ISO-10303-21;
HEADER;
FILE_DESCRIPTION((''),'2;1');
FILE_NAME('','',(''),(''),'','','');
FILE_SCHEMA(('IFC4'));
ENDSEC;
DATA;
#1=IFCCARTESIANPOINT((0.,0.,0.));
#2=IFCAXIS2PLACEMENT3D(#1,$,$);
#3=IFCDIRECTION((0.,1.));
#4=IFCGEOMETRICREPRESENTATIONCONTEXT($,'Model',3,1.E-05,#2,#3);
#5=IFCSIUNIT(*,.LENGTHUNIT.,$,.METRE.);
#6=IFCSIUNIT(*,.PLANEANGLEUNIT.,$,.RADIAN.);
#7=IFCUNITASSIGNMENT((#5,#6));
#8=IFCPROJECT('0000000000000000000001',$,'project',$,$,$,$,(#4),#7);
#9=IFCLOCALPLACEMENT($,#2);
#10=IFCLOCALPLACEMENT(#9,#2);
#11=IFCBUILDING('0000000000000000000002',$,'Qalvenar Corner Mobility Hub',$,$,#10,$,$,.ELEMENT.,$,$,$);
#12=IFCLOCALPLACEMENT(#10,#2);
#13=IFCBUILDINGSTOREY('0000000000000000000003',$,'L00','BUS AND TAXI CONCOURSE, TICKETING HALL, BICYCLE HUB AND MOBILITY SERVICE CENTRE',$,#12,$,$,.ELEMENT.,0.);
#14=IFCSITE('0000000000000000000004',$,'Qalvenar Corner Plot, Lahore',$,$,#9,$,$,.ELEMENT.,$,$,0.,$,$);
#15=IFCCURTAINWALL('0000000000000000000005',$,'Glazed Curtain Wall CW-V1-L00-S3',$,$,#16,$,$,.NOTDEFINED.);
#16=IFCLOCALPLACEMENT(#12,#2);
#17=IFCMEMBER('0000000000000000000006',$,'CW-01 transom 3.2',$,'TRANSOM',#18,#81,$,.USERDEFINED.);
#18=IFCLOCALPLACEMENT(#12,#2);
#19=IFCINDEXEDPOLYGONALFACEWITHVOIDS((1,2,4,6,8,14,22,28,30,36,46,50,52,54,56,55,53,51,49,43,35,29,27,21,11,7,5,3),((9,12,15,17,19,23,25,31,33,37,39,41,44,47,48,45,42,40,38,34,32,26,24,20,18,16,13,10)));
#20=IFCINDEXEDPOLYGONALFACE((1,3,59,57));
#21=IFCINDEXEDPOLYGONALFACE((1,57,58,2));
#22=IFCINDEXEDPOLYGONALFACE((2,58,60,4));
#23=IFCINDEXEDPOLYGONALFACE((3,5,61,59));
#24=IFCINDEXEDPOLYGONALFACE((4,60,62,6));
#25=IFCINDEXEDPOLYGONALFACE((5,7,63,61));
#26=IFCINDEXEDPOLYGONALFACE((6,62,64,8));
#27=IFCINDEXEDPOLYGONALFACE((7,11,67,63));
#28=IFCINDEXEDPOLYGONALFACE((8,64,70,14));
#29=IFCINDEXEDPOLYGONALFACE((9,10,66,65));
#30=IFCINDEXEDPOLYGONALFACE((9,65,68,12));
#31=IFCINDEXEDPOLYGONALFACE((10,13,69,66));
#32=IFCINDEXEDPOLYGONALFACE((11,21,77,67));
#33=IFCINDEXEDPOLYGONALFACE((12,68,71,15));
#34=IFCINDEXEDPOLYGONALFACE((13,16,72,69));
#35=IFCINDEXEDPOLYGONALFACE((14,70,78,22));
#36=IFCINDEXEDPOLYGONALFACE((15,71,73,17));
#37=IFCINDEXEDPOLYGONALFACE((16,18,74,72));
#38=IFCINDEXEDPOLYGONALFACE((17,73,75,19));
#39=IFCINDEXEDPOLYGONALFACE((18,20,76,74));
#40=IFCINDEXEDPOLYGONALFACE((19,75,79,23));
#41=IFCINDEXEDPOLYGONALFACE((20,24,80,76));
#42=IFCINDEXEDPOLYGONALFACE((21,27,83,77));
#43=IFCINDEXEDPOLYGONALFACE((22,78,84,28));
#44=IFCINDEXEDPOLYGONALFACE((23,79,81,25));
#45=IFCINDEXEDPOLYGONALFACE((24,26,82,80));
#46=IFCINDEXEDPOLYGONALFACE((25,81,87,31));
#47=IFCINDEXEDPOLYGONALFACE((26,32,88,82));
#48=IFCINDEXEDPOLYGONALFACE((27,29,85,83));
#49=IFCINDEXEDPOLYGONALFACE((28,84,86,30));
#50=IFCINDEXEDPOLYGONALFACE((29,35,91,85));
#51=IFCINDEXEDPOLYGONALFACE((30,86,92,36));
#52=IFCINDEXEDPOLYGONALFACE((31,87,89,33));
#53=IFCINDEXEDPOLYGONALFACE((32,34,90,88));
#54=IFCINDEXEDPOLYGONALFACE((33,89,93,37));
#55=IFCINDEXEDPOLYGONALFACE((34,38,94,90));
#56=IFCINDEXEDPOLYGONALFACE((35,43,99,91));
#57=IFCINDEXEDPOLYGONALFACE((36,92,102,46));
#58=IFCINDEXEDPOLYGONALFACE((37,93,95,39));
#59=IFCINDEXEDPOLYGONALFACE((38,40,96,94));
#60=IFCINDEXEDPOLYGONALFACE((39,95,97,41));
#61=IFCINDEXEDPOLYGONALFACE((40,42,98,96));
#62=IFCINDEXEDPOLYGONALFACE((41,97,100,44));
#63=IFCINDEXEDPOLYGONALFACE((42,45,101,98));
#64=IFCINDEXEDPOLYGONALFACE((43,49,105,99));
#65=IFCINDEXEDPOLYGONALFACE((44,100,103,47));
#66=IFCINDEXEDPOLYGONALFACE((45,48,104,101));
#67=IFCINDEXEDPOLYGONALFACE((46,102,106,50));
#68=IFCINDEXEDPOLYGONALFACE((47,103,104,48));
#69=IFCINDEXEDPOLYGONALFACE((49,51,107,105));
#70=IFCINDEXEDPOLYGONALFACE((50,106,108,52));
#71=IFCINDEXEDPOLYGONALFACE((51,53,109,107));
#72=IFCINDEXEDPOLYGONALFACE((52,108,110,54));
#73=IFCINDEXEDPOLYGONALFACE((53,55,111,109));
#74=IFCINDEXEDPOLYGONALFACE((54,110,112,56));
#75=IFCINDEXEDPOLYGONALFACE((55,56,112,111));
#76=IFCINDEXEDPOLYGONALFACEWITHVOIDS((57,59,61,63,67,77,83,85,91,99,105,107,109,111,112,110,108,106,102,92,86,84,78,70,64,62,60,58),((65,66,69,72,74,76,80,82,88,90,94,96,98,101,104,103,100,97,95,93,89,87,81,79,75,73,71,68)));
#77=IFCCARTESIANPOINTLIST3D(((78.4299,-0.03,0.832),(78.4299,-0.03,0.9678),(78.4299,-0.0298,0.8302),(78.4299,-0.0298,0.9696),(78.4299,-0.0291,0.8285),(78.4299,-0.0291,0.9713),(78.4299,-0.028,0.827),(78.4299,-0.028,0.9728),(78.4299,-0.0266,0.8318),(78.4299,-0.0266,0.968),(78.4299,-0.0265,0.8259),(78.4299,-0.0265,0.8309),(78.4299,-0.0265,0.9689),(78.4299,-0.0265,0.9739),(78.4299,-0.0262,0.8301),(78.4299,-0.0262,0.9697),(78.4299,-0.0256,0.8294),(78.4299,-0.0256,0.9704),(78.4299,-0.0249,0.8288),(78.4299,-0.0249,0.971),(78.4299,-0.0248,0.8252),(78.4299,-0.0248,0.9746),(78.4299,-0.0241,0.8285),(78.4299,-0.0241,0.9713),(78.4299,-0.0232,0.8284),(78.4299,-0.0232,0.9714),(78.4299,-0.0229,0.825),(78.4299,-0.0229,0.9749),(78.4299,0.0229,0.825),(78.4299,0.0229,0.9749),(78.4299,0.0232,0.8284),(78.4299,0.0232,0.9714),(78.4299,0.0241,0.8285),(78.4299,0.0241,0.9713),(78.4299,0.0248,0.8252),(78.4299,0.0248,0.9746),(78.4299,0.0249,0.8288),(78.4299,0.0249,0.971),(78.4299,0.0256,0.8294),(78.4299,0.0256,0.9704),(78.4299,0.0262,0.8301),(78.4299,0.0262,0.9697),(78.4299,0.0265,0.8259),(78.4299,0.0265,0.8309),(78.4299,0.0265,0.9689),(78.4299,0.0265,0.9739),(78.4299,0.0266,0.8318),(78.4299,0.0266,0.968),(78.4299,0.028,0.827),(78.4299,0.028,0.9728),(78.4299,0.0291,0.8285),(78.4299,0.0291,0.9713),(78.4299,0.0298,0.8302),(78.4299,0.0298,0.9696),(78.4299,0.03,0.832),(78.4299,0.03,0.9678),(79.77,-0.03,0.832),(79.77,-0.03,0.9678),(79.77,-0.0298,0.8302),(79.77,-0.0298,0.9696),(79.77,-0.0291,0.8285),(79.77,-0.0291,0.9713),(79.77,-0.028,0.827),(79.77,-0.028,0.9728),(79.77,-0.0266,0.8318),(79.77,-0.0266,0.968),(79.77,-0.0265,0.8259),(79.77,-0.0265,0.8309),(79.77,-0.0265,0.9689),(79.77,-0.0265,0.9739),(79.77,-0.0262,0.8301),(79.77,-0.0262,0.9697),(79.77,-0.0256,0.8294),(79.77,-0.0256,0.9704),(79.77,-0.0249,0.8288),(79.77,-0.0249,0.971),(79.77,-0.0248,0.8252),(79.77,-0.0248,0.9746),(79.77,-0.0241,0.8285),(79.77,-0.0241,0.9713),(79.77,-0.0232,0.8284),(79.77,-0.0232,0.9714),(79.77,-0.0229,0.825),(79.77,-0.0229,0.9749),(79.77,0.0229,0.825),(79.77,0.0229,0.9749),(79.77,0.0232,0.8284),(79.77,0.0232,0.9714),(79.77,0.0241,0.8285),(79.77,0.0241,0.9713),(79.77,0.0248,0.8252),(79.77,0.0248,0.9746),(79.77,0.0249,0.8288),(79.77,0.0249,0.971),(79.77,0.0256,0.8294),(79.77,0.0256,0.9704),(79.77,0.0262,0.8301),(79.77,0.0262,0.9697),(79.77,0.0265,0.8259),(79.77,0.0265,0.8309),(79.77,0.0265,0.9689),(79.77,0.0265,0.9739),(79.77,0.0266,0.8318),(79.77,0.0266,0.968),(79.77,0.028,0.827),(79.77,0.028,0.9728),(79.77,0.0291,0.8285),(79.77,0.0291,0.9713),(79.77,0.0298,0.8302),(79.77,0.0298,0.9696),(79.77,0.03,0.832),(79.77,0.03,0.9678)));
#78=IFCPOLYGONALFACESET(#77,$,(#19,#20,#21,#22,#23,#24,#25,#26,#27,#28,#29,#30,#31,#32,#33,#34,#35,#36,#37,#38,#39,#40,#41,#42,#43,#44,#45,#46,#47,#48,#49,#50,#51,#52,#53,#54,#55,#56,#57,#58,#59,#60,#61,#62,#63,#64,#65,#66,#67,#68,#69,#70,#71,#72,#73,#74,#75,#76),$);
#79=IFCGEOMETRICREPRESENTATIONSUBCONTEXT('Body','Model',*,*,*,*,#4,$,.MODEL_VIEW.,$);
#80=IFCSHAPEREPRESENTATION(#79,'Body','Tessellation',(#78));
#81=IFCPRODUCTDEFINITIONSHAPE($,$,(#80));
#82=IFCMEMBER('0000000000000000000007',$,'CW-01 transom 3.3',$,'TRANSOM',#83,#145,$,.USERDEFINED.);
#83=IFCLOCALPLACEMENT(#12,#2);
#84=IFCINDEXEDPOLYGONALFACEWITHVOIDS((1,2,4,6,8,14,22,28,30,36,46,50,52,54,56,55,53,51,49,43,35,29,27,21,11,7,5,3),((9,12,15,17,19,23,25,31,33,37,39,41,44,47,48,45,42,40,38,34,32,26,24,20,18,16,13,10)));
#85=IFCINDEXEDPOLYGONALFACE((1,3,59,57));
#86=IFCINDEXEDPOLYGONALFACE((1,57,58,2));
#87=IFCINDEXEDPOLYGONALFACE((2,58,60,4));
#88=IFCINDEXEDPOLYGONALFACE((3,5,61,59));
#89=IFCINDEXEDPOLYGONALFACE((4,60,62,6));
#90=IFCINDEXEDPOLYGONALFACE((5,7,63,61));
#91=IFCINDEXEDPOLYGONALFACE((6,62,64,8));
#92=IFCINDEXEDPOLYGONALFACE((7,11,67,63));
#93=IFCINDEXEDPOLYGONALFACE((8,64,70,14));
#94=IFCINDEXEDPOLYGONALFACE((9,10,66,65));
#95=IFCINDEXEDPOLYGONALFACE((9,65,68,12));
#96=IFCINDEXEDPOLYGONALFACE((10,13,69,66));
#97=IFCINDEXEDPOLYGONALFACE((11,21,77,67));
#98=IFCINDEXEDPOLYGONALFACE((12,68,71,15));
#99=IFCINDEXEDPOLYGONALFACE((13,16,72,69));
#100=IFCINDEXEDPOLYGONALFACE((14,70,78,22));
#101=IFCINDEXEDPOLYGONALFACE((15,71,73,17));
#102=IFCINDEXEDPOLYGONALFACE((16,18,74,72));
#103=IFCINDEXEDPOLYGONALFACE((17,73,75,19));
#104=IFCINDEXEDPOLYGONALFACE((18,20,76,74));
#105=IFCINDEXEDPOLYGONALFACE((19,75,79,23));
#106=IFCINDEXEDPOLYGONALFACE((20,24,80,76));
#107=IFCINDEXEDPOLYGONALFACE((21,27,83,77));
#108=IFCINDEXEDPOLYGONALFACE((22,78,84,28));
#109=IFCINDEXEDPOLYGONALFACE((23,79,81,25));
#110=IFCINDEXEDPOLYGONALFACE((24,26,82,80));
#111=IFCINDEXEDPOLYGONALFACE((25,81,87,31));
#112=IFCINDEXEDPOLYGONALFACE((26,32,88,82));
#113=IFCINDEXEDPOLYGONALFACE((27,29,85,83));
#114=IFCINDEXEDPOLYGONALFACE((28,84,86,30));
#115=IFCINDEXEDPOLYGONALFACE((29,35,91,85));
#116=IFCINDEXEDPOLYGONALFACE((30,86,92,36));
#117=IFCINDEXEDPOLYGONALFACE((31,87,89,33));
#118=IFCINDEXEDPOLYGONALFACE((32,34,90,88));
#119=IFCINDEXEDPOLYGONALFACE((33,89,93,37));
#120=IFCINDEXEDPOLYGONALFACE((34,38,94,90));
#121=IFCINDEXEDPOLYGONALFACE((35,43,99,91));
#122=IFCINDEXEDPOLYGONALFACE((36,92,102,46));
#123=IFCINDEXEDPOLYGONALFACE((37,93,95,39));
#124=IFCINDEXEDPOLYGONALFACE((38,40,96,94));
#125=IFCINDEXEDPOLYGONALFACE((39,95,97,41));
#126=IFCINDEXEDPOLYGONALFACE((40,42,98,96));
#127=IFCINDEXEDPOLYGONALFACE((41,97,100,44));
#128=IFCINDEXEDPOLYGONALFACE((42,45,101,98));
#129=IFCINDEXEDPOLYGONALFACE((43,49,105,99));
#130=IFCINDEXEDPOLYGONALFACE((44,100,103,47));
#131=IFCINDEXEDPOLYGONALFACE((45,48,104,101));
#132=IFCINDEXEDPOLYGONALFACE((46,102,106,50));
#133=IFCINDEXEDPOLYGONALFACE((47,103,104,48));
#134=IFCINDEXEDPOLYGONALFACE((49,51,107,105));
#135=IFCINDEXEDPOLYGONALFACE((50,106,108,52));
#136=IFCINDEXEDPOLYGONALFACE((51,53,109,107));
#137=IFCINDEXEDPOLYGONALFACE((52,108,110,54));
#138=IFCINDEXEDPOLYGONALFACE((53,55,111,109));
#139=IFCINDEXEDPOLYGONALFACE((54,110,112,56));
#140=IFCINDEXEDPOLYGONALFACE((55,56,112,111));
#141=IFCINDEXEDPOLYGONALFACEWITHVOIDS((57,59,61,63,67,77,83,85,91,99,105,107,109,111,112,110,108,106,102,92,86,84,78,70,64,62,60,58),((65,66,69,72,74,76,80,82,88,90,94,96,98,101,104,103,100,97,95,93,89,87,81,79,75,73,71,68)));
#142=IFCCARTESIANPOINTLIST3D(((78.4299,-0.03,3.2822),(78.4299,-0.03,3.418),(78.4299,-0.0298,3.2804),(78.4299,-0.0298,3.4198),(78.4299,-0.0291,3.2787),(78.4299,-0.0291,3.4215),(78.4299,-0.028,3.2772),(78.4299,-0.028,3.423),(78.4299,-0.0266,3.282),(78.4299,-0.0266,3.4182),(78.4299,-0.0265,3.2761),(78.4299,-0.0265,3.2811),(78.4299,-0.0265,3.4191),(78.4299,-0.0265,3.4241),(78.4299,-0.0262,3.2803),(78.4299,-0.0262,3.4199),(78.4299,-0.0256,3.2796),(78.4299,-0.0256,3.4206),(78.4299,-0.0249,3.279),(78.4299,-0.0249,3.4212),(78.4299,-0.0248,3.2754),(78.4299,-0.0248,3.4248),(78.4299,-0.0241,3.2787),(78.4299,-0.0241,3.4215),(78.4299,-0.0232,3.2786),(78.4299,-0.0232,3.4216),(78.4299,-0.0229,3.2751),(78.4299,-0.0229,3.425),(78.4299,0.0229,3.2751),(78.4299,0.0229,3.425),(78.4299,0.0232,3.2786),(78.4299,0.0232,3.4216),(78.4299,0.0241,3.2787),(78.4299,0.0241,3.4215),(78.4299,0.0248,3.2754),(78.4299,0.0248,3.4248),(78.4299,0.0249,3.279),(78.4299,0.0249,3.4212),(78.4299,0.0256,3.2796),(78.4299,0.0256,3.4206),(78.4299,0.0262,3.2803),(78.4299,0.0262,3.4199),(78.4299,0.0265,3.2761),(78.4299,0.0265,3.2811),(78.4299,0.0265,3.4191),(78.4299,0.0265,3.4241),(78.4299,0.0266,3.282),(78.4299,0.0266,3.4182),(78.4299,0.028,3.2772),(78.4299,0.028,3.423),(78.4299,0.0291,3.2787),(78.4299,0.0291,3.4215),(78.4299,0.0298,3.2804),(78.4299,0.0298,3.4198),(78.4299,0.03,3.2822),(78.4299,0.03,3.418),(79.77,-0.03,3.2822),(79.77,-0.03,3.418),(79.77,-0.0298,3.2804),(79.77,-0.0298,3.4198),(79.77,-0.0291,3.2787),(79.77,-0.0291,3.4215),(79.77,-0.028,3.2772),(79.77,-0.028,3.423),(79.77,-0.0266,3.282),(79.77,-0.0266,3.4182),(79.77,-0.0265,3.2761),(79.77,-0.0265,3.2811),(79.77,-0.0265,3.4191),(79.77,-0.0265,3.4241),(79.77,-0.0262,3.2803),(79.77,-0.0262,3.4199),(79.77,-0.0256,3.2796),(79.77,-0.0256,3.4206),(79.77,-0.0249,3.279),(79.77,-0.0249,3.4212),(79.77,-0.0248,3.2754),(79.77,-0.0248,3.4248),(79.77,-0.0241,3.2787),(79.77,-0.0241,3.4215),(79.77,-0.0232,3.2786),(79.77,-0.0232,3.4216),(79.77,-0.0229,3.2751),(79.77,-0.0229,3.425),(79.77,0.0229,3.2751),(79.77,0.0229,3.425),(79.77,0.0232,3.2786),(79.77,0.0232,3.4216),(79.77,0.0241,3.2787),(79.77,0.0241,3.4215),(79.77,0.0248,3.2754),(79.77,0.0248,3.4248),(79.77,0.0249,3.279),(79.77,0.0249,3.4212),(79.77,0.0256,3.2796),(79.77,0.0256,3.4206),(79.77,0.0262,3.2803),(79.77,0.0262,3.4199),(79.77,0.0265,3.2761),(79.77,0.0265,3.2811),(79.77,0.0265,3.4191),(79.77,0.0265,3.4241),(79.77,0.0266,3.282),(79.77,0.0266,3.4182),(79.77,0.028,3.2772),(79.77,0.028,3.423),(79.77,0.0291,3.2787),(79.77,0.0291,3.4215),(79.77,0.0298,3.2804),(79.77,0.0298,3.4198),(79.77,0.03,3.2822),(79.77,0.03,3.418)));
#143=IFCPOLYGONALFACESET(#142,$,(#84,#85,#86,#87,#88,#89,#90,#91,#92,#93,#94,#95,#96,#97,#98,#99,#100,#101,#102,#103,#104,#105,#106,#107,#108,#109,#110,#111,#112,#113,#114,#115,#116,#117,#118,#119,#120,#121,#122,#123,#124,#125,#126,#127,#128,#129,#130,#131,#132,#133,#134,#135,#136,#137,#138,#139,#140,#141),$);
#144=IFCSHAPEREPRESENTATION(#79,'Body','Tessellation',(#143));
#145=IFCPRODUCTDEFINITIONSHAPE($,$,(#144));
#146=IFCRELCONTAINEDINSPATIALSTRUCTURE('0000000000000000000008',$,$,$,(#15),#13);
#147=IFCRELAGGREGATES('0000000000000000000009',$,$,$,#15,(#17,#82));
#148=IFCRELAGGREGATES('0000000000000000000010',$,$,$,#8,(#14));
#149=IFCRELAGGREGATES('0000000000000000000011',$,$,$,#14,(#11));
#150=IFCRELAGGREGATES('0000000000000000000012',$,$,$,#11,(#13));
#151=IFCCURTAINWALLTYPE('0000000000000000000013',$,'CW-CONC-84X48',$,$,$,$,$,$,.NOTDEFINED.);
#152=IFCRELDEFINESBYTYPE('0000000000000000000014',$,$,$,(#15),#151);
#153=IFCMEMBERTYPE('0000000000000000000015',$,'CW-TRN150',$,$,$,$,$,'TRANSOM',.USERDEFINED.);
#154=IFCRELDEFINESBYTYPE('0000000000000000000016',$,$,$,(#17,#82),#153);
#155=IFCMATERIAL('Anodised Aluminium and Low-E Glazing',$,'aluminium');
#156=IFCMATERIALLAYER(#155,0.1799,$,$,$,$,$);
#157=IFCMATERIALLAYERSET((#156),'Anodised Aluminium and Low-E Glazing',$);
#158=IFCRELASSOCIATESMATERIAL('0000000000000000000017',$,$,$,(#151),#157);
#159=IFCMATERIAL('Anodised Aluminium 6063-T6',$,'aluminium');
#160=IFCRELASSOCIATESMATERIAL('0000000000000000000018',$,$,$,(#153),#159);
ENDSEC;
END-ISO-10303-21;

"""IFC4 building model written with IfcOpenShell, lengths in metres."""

from ifc_helpers import new_model, si_unit, direction, frame, origin, origin_2d, place, context, subcontext, project, spatial, hollow_rectangle, extrude, material, layer, layer_set, material_profile, profile_set, type_object, element, aggregate, save


model = new_model("IFC4")

# Units and contexts
model_context = context("Model", 3, precision=1e-05, world=origin(), true_north=direction((0.0, 1.0)))
body_context = subcontext(model_context, "Body", "Model", "MODEL_VIEW")
ifc_project = project(units=[si_unit("LENGTHUNIT", "METRE"), si_unit("PLANEANGLEUNIT", "RADIAN")], contexts=[model_context])

# Site, building, storey
site_placement = place(None, origin())
site = spatial("IfcSite", under=ifc_project, at=site_placement, Name="Qalvenar Corner Plot, Lahore", CompositionType="ELEMENT", RefElevation=0.0)
building_placement = place(site_placement, origin())
building = spatial("IfcBuilding", under=site, at=building_placement, Name="Qalvenar Corner Mobility Hub", CompositionType="ELEMENT")
storey_placement = place(building_placement, origin())
storey = spatial("IfcBuildingStorey", under=building, at=storey_placement, Name="L00", Description="BUS AND TAXI CONCOURSE, TICKETING HALL, BICYCLE HUB AND MOBILITY SERVICE CENTRE", CompositionType="ELEMENT", Elevation=0.0)

# Curtain wall, members
ifc_material_1 = material(Name="Anodised Aluminium and Low-E Glazing", Category="aluminium")
ifc_layer_1 = layer(ifc_material_1, 0.1799)
ifc_layer_set_1 = layer_set([ifc_layer_1], Name="Anodised Aluminium and Low-E Glazing")
curtain_wall_type = type_object("IfcCurtainWallType", Name="CW-CONC-84X48", PredefinedType="NOTDEFINED", material=ifc_layer_set_1)
curtain_wall_placement = place(storey_placement, origin())
curtain_wall = element("IfcCurtainWall", 1, at=curtain_wall_placement, inside=storey, type_object=curtain_wall_type, Name="Glazed Curtain Wall CW-V1-L00-S3", PredefinedType="NOTDEFINED")
ifc_material_2 = material(Name="Anodised Aluminium 6063-T6", Category="aluminium")
ifc_material_profile_1 = material_profile(ifc_material_2, hollow_rectangle(XDim=0.0601, YDim=0.1499, WallThickness=0.0034, InnerFilletRadius=0.0034, OuterFilletRadius=0.0071, at=origin_2d()), Name="RHS150x60x3.5")
ifc_profile_set_1 = profile_set([ifc_material_profile_1], Name="Anodised Aluminium 6063-T6")
member_type_1 = type_object("IfcMemberType", Name="CW-TRN150", ElementType="TRANSOM", PredefinedType="USERDEFINED", material=ifc_profile_set_1)
member_1_placement = place(storey_placement, frame((78.4299, 0.0, 0.8999), z_axis=(1.0, 0.0, 0.0), x_axis=(0.0, 1.0, 0.0)))
member_1 = element("IfcMember", 2, at=member_1_placement, type_object=member_type_1, Name="CW-01 transom 3.2", ObjectType="TRANSOM", PredefinedType="USERDEFINED", context=body_context, shape_type="SweptSolid", body=[
    extrude(hollow_rectangle(XDim=0.0601, YDim=0.1499, WallThickness=0.0034, InnerFilletRadius=0.0034, OuterFilletRadius=0.0071, at=origin_2d()), origin(), (0.0, 0.0, 1.0), 1.3401),
])
member_2_placement = place(storey_placement, frame((78.4299, 0.0, 3.3501), z_axis=(1.0, 0.0, 0.0), x_axis=(0.0, 1.0, 0.0)))
member_2 = element("IfcMember", 3, at=member_2_placement, type_object=member_type_1, Name="CW-01 transom 3.3", ObjectType="TRANSOM", PredefinedType="USERDEFINED", context=body_context, shape_type="SweptSolid", body=[
    extrude(hollow_rectangle(XDim=0.0601, YDim=0.1499, WallThickness=0.0034, InnerFilletRadius=0.0034, OuterFilletRadius=0.0071, at=origin_2d()), origin(), (0.0, 0.0, 1.0), 1.3401),
])
aggregate(curtain_wall, [member_1, member_2])

save(model, "model.ifc")
